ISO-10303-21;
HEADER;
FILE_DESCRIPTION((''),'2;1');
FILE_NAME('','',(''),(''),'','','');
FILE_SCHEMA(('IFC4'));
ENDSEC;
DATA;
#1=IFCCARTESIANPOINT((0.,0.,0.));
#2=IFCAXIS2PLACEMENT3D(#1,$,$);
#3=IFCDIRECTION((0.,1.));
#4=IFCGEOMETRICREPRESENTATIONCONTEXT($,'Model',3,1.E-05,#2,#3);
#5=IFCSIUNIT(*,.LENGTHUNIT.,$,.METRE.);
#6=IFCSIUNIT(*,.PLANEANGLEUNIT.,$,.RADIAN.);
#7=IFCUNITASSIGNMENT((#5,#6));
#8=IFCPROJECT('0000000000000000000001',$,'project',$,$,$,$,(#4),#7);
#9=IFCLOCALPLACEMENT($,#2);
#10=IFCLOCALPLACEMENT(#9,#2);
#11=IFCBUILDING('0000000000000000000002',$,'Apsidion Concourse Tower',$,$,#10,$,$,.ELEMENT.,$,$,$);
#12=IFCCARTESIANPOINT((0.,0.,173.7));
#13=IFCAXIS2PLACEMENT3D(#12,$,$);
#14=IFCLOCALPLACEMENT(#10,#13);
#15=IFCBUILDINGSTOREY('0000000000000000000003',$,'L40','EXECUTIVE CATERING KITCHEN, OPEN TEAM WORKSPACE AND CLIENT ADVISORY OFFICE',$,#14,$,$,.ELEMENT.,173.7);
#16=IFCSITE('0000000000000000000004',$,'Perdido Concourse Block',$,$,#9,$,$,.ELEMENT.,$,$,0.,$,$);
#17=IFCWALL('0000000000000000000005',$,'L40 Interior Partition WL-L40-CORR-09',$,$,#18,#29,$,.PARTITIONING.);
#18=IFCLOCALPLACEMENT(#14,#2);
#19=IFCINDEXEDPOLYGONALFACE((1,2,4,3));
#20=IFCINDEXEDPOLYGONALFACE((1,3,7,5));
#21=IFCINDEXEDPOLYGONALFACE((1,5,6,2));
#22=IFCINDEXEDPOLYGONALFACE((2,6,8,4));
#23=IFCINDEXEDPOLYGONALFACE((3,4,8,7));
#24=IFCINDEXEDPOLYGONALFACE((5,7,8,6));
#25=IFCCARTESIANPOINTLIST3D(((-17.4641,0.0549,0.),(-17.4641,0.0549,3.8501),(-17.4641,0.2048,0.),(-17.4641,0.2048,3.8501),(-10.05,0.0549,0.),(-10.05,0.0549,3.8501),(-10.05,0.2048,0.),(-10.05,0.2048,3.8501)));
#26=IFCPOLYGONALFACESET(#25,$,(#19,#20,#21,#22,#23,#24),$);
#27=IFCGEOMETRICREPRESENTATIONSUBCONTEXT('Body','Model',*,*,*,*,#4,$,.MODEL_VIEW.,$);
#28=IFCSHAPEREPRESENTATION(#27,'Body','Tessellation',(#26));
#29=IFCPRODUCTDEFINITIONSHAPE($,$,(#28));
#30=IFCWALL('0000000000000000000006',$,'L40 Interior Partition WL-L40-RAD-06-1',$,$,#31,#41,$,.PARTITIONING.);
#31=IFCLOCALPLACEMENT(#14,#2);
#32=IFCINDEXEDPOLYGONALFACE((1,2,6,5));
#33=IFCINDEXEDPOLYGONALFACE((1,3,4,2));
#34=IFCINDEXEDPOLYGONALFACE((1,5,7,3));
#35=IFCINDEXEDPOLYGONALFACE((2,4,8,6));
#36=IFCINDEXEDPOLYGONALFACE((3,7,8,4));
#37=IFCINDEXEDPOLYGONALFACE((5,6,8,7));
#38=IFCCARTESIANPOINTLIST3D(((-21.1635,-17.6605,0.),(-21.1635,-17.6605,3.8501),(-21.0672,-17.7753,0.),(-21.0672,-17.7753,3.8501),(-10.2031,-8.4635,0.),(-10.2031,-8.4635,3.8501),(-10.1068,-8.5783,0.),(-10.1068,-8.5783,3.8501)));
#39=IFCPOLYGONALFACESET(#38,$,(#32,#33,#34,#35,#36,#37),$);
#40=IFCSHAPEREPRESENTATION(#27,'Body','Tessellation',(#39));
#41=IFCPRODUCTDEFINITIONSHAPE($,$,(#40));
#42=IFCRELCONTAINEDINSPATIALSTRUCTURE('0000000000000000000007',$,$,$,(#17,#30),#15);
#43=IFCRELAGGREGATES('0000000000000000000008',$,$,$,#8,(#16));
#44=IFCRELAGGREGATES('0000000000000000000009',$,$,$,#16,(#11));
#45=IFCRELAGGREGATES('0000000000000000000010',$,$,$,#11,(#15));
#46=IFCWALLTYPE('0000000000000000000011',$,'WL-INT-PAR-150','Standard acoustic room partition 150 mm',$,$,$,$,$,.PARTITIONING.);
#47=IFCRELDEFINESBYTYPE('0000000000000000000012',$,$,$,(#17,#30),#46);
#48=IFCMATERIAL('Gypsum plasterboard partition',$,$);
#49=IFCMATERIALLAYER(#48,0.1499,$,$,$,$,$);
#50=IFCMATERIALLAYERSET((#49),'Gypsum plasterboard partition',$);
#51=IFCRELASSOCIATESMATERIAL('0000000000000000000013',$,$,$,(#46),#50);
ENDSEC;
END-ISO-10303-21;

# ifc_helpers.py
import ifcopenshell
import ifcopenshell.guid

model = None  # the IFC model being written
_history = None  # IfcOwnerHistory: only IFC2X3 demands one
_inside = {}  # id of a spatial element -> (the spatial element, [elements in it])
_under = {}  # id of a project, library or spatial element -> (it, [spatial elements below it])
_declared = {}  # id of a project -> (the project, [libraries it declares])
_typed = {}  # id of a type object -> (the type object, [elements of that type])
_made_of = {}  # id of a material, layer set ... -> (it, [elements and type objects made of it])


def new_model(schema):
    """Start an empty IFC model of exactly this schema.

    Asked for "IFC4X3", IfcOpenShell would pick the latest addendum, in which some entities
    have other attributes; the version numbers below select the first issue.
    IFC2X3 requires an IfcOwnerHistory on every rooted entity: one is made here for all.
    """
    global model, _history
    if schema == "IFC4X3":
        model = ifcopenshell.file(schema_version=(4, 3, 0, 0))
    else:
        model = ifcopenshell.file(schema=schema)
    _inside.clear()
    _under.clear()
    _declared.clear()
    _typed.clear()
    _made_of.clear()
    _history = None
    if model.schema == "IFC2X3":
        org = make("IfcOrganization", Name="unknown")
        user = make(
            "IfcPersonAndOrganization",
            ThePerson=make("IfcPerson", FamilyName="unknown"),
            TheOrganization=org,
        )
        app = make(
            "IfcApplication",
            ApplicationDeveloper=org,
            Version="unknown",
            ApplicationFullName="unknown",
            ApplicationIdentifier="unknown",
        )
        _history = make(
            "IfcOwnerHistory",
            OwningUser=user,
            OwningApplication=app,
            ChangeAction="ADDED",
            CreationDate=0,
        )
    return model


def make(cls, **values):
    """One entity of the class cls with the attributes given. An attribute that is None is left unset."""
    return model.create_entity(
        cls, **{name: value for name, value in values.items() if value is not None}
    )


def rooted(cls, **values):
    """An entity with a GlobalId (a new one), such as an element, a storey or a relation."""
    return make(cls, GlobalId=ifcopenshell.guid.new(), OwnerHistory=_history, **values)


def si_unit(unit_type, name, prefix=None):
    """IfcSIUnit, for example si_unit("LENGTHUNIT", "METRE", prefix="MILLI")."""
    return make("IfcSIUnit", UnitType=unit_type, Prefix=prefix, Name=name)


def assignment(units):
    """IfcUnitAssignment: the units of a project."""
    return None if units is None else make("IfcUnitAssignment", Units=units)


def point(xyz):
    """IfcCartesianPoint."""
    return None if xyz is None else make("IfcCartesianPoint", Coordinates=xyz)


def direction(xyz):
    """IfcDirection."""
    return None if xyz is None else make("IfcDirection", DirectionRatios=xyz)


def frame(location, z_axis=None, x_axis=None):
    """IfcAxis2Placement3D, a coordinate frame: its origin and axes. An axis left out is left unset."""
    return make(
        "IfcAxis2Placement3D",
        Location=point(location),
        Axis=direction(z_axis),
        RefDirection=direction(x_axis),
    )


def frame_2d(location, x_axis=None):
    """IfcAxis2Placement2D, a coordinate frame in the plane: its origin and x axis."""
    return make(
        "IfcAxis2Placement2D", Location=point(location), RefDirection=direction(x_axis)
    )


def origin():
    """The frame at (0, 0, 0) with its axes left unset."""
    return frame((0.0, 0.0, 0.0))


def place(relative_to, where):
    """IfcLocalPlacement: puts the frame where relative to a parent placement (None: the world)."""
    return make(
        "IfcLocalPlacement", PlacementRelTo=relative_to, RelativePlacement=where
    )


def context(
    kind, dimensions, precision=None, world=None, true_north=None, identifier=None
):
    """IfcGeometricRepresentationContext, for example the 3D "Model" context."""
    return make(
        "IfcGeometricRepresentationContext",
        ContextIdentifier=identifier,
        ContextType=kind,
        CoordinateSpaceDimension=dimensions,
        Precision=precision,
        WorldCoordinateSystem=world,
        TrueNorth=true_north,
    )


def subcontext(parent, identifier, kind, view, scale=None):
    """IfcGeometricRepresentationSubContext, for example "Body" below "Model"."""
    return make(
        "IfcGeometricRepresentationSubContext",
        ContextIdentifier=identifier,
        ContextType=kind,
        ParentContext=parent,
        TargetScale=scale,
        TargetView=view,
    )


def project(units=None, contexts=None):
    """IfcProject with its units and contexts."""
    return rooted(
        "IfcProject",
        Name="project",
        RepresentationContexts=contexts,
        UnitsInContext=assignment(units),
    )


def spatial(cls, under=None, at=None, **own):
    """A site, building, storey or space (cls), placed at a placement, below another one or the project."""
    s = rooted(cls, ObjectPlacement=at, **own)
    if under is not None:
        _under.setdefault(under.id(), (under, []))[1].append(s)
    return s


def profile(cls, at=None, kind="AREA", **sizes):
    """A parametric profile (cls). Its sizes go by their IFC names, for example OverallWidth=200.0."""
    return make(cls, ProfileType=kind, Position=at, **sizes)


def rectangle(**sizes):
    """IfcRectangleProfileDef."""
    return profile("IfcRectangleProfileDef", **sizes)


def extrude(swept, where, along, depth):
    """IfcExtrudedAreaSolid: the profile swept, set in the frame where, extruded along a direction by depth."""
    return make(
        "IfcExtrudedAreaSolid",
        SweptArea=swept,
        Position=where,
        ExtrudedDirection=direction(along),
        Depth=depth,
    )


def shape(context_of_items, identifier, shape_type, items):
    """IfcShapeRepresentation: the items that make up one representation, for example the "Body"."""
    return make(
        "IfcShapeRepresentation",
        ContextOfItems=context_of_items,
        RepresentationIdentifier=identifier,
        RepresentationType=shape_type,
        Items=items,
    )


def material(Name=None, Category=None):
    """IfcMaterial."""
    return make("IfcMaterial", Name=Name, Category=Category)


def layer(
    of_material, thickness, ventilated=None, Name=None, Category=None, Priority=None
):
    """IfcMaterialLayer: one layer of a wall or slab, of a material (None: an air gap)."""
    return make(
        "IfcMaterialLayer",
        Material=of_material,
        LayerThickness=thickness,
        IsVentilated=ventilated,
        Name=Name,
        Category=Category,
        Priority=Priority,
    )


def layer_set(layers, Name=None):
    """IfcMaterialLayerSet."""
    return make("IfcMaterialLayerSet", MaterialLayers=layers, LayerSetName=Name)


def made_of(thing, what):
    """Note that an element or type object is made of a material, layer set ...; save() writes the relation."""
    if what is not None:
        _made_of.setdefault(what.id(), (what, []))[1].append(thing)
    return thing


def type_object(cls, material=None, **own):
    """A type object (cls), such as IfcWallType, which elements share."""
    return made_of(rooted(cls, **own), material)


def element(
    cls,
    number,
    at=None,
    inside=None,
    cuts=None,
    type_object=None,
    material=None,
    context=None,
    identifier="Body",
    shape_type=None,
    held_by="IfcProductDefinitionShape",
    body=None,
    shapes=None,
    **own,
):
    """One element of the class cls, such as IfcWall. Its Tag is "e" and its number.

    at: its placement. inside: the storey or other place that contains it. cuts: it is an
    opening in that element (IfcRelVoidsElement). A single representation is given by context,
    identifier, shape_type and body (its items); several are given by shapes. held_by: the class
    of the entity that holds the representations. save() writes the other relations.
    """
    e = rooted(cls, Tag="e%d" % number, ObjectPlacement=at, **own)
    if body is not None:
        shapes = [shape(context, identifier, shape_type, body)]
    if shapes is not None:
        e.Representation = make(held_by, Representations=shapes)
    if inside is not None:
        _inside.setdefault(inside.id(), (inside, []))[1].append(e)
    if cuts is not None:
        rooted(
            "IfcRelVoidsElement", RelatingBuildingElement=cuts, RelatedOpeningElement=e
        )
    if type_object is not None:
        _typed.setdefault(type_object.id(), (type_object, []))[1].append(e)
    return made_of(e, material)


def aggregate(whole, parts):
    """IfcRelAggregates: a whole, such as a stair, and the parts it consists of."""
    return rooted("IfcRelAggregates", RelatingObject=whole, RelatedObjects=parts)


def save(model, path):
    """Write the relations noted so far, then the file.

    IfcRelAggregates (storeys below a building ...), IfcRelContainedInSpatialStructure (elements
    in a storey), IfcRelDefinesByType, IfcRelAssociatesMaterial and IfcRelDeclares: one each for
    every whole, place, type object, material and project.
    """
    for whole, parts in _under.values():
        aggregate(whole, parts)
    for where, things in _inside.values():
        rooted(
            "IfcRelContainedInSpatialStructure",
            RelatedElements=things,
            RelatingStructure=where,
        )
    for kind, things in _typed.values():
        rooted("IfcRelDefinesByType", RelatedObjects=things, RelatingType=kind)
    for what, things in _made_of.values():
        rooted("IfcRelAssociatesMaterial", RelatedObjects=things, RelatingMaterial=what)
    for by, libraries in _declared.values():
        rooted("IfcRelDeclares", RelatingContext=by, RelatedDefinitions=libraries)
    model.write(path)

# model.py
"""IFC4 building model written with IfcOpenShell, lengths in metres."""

from ifc_helpers import new_model, si_unit, direction, frame, frame_2d, origin, place, context, subcontext, project, spatial, rectangle, extrude, material, layer, layer_set, type_object, element, save


model = new_model("IFC4")

# Units and contexts
model_context = context("Model", 3, precision=1e-05, world=origin(), true_north=direction((0.0, 1.0)))
body_context = subcontext(model_context, "Body", "Model", "MODEL_VIEW")
ifc_project = project(units=[si_unit("LENGTHUNIT", "METRE"), si_unit("PLANEANGLEUNIT", "RADIAN")], contexts=[model_context])

# Site, building, storey
site_placement = place(None, origin())
site = spatial("IfcSite", under=ifc_project, at=site_placement, Name="Perdido Concourse Block", CompositionType="ELEMENT", RefElevation=0.0)
building_placement = place(site_placement, origin())
building = spatial("IfcBuilding", under=site, at=building_placement, Name="Apsidion Concourse Tower", CompositionType="ELEMENT")
storey_placement = place(building_placement, frame((0.0, 0.0, 173.7)))
storey = spatial("IfcBuildingStorey", under=building, at=storey_placement, Name="L40", Description="EXECUTIVE CATERING KITCHEN, OPEN TEAM WORKSPACE AND CLIENT ADVISORY OFFICE", CompositionType="ELEMENT", Elevation=173.7)

# Walls
ifc_material_1 = material(Name="Gypsum plasterboard partition")
ifc_layer = layer(ifc_material_1, 0.1499)
ifc_layer_set = layer_set([ifc_layer], Name="Gypsum plasterboard partition")
wall_type = type_object("IfcWallType", Name="WL-INT-PAR-150", Description="Standard acoustic room partition 150 mm", PredefinedType="PARTITIONING", material=ifc_layer_set)
wall_1_placement = place(storey_placement, frame((-17.4641, 0.1299, 0.0), z_axis=(0.0, 0.0, 1.0), x_axis=(1.0, 0.0, 0.0)))
element("IfcWall", 1, at=wall_1_placement, inside=storey, type_object=wall_type, Name="L40 Interior Partition WL-L40-CORR-09", PredefinedType="PARTITIONING", context=body_context, shape_type="SweptSolid", body=[
    extrude(rectangle(XDim=7.4141, YDim=0.1499, at=frame_2d((3.707, 0.0))), origin(), (0.0, 0.0, 1.0), 3.8501),
])
wall_2_placement = place(storey_placement, frame((-10.155, -8.521, 0.0), z_axis=(0.0, 0.0, 1.0), x_axis=(-0.766041, -0.642792, 0.0)))
element("IfcWall", 2, at=wall_2_placement, inside=storey, type_object=wall_type, Name="L40 Interior Partition WL-L40-RAD-06-1", PredefinedType="PARTITIONING", context=body_context, shape_type="SweptSolid", body=[
    extrude(rectangle(XDim=14.3079, YDim=0.1499, at=frame_2d((7.1538, 0.0))), origin(), (0.0, 0.0, 1.0), 3.8501),
])

save(model, "model.ifc")
